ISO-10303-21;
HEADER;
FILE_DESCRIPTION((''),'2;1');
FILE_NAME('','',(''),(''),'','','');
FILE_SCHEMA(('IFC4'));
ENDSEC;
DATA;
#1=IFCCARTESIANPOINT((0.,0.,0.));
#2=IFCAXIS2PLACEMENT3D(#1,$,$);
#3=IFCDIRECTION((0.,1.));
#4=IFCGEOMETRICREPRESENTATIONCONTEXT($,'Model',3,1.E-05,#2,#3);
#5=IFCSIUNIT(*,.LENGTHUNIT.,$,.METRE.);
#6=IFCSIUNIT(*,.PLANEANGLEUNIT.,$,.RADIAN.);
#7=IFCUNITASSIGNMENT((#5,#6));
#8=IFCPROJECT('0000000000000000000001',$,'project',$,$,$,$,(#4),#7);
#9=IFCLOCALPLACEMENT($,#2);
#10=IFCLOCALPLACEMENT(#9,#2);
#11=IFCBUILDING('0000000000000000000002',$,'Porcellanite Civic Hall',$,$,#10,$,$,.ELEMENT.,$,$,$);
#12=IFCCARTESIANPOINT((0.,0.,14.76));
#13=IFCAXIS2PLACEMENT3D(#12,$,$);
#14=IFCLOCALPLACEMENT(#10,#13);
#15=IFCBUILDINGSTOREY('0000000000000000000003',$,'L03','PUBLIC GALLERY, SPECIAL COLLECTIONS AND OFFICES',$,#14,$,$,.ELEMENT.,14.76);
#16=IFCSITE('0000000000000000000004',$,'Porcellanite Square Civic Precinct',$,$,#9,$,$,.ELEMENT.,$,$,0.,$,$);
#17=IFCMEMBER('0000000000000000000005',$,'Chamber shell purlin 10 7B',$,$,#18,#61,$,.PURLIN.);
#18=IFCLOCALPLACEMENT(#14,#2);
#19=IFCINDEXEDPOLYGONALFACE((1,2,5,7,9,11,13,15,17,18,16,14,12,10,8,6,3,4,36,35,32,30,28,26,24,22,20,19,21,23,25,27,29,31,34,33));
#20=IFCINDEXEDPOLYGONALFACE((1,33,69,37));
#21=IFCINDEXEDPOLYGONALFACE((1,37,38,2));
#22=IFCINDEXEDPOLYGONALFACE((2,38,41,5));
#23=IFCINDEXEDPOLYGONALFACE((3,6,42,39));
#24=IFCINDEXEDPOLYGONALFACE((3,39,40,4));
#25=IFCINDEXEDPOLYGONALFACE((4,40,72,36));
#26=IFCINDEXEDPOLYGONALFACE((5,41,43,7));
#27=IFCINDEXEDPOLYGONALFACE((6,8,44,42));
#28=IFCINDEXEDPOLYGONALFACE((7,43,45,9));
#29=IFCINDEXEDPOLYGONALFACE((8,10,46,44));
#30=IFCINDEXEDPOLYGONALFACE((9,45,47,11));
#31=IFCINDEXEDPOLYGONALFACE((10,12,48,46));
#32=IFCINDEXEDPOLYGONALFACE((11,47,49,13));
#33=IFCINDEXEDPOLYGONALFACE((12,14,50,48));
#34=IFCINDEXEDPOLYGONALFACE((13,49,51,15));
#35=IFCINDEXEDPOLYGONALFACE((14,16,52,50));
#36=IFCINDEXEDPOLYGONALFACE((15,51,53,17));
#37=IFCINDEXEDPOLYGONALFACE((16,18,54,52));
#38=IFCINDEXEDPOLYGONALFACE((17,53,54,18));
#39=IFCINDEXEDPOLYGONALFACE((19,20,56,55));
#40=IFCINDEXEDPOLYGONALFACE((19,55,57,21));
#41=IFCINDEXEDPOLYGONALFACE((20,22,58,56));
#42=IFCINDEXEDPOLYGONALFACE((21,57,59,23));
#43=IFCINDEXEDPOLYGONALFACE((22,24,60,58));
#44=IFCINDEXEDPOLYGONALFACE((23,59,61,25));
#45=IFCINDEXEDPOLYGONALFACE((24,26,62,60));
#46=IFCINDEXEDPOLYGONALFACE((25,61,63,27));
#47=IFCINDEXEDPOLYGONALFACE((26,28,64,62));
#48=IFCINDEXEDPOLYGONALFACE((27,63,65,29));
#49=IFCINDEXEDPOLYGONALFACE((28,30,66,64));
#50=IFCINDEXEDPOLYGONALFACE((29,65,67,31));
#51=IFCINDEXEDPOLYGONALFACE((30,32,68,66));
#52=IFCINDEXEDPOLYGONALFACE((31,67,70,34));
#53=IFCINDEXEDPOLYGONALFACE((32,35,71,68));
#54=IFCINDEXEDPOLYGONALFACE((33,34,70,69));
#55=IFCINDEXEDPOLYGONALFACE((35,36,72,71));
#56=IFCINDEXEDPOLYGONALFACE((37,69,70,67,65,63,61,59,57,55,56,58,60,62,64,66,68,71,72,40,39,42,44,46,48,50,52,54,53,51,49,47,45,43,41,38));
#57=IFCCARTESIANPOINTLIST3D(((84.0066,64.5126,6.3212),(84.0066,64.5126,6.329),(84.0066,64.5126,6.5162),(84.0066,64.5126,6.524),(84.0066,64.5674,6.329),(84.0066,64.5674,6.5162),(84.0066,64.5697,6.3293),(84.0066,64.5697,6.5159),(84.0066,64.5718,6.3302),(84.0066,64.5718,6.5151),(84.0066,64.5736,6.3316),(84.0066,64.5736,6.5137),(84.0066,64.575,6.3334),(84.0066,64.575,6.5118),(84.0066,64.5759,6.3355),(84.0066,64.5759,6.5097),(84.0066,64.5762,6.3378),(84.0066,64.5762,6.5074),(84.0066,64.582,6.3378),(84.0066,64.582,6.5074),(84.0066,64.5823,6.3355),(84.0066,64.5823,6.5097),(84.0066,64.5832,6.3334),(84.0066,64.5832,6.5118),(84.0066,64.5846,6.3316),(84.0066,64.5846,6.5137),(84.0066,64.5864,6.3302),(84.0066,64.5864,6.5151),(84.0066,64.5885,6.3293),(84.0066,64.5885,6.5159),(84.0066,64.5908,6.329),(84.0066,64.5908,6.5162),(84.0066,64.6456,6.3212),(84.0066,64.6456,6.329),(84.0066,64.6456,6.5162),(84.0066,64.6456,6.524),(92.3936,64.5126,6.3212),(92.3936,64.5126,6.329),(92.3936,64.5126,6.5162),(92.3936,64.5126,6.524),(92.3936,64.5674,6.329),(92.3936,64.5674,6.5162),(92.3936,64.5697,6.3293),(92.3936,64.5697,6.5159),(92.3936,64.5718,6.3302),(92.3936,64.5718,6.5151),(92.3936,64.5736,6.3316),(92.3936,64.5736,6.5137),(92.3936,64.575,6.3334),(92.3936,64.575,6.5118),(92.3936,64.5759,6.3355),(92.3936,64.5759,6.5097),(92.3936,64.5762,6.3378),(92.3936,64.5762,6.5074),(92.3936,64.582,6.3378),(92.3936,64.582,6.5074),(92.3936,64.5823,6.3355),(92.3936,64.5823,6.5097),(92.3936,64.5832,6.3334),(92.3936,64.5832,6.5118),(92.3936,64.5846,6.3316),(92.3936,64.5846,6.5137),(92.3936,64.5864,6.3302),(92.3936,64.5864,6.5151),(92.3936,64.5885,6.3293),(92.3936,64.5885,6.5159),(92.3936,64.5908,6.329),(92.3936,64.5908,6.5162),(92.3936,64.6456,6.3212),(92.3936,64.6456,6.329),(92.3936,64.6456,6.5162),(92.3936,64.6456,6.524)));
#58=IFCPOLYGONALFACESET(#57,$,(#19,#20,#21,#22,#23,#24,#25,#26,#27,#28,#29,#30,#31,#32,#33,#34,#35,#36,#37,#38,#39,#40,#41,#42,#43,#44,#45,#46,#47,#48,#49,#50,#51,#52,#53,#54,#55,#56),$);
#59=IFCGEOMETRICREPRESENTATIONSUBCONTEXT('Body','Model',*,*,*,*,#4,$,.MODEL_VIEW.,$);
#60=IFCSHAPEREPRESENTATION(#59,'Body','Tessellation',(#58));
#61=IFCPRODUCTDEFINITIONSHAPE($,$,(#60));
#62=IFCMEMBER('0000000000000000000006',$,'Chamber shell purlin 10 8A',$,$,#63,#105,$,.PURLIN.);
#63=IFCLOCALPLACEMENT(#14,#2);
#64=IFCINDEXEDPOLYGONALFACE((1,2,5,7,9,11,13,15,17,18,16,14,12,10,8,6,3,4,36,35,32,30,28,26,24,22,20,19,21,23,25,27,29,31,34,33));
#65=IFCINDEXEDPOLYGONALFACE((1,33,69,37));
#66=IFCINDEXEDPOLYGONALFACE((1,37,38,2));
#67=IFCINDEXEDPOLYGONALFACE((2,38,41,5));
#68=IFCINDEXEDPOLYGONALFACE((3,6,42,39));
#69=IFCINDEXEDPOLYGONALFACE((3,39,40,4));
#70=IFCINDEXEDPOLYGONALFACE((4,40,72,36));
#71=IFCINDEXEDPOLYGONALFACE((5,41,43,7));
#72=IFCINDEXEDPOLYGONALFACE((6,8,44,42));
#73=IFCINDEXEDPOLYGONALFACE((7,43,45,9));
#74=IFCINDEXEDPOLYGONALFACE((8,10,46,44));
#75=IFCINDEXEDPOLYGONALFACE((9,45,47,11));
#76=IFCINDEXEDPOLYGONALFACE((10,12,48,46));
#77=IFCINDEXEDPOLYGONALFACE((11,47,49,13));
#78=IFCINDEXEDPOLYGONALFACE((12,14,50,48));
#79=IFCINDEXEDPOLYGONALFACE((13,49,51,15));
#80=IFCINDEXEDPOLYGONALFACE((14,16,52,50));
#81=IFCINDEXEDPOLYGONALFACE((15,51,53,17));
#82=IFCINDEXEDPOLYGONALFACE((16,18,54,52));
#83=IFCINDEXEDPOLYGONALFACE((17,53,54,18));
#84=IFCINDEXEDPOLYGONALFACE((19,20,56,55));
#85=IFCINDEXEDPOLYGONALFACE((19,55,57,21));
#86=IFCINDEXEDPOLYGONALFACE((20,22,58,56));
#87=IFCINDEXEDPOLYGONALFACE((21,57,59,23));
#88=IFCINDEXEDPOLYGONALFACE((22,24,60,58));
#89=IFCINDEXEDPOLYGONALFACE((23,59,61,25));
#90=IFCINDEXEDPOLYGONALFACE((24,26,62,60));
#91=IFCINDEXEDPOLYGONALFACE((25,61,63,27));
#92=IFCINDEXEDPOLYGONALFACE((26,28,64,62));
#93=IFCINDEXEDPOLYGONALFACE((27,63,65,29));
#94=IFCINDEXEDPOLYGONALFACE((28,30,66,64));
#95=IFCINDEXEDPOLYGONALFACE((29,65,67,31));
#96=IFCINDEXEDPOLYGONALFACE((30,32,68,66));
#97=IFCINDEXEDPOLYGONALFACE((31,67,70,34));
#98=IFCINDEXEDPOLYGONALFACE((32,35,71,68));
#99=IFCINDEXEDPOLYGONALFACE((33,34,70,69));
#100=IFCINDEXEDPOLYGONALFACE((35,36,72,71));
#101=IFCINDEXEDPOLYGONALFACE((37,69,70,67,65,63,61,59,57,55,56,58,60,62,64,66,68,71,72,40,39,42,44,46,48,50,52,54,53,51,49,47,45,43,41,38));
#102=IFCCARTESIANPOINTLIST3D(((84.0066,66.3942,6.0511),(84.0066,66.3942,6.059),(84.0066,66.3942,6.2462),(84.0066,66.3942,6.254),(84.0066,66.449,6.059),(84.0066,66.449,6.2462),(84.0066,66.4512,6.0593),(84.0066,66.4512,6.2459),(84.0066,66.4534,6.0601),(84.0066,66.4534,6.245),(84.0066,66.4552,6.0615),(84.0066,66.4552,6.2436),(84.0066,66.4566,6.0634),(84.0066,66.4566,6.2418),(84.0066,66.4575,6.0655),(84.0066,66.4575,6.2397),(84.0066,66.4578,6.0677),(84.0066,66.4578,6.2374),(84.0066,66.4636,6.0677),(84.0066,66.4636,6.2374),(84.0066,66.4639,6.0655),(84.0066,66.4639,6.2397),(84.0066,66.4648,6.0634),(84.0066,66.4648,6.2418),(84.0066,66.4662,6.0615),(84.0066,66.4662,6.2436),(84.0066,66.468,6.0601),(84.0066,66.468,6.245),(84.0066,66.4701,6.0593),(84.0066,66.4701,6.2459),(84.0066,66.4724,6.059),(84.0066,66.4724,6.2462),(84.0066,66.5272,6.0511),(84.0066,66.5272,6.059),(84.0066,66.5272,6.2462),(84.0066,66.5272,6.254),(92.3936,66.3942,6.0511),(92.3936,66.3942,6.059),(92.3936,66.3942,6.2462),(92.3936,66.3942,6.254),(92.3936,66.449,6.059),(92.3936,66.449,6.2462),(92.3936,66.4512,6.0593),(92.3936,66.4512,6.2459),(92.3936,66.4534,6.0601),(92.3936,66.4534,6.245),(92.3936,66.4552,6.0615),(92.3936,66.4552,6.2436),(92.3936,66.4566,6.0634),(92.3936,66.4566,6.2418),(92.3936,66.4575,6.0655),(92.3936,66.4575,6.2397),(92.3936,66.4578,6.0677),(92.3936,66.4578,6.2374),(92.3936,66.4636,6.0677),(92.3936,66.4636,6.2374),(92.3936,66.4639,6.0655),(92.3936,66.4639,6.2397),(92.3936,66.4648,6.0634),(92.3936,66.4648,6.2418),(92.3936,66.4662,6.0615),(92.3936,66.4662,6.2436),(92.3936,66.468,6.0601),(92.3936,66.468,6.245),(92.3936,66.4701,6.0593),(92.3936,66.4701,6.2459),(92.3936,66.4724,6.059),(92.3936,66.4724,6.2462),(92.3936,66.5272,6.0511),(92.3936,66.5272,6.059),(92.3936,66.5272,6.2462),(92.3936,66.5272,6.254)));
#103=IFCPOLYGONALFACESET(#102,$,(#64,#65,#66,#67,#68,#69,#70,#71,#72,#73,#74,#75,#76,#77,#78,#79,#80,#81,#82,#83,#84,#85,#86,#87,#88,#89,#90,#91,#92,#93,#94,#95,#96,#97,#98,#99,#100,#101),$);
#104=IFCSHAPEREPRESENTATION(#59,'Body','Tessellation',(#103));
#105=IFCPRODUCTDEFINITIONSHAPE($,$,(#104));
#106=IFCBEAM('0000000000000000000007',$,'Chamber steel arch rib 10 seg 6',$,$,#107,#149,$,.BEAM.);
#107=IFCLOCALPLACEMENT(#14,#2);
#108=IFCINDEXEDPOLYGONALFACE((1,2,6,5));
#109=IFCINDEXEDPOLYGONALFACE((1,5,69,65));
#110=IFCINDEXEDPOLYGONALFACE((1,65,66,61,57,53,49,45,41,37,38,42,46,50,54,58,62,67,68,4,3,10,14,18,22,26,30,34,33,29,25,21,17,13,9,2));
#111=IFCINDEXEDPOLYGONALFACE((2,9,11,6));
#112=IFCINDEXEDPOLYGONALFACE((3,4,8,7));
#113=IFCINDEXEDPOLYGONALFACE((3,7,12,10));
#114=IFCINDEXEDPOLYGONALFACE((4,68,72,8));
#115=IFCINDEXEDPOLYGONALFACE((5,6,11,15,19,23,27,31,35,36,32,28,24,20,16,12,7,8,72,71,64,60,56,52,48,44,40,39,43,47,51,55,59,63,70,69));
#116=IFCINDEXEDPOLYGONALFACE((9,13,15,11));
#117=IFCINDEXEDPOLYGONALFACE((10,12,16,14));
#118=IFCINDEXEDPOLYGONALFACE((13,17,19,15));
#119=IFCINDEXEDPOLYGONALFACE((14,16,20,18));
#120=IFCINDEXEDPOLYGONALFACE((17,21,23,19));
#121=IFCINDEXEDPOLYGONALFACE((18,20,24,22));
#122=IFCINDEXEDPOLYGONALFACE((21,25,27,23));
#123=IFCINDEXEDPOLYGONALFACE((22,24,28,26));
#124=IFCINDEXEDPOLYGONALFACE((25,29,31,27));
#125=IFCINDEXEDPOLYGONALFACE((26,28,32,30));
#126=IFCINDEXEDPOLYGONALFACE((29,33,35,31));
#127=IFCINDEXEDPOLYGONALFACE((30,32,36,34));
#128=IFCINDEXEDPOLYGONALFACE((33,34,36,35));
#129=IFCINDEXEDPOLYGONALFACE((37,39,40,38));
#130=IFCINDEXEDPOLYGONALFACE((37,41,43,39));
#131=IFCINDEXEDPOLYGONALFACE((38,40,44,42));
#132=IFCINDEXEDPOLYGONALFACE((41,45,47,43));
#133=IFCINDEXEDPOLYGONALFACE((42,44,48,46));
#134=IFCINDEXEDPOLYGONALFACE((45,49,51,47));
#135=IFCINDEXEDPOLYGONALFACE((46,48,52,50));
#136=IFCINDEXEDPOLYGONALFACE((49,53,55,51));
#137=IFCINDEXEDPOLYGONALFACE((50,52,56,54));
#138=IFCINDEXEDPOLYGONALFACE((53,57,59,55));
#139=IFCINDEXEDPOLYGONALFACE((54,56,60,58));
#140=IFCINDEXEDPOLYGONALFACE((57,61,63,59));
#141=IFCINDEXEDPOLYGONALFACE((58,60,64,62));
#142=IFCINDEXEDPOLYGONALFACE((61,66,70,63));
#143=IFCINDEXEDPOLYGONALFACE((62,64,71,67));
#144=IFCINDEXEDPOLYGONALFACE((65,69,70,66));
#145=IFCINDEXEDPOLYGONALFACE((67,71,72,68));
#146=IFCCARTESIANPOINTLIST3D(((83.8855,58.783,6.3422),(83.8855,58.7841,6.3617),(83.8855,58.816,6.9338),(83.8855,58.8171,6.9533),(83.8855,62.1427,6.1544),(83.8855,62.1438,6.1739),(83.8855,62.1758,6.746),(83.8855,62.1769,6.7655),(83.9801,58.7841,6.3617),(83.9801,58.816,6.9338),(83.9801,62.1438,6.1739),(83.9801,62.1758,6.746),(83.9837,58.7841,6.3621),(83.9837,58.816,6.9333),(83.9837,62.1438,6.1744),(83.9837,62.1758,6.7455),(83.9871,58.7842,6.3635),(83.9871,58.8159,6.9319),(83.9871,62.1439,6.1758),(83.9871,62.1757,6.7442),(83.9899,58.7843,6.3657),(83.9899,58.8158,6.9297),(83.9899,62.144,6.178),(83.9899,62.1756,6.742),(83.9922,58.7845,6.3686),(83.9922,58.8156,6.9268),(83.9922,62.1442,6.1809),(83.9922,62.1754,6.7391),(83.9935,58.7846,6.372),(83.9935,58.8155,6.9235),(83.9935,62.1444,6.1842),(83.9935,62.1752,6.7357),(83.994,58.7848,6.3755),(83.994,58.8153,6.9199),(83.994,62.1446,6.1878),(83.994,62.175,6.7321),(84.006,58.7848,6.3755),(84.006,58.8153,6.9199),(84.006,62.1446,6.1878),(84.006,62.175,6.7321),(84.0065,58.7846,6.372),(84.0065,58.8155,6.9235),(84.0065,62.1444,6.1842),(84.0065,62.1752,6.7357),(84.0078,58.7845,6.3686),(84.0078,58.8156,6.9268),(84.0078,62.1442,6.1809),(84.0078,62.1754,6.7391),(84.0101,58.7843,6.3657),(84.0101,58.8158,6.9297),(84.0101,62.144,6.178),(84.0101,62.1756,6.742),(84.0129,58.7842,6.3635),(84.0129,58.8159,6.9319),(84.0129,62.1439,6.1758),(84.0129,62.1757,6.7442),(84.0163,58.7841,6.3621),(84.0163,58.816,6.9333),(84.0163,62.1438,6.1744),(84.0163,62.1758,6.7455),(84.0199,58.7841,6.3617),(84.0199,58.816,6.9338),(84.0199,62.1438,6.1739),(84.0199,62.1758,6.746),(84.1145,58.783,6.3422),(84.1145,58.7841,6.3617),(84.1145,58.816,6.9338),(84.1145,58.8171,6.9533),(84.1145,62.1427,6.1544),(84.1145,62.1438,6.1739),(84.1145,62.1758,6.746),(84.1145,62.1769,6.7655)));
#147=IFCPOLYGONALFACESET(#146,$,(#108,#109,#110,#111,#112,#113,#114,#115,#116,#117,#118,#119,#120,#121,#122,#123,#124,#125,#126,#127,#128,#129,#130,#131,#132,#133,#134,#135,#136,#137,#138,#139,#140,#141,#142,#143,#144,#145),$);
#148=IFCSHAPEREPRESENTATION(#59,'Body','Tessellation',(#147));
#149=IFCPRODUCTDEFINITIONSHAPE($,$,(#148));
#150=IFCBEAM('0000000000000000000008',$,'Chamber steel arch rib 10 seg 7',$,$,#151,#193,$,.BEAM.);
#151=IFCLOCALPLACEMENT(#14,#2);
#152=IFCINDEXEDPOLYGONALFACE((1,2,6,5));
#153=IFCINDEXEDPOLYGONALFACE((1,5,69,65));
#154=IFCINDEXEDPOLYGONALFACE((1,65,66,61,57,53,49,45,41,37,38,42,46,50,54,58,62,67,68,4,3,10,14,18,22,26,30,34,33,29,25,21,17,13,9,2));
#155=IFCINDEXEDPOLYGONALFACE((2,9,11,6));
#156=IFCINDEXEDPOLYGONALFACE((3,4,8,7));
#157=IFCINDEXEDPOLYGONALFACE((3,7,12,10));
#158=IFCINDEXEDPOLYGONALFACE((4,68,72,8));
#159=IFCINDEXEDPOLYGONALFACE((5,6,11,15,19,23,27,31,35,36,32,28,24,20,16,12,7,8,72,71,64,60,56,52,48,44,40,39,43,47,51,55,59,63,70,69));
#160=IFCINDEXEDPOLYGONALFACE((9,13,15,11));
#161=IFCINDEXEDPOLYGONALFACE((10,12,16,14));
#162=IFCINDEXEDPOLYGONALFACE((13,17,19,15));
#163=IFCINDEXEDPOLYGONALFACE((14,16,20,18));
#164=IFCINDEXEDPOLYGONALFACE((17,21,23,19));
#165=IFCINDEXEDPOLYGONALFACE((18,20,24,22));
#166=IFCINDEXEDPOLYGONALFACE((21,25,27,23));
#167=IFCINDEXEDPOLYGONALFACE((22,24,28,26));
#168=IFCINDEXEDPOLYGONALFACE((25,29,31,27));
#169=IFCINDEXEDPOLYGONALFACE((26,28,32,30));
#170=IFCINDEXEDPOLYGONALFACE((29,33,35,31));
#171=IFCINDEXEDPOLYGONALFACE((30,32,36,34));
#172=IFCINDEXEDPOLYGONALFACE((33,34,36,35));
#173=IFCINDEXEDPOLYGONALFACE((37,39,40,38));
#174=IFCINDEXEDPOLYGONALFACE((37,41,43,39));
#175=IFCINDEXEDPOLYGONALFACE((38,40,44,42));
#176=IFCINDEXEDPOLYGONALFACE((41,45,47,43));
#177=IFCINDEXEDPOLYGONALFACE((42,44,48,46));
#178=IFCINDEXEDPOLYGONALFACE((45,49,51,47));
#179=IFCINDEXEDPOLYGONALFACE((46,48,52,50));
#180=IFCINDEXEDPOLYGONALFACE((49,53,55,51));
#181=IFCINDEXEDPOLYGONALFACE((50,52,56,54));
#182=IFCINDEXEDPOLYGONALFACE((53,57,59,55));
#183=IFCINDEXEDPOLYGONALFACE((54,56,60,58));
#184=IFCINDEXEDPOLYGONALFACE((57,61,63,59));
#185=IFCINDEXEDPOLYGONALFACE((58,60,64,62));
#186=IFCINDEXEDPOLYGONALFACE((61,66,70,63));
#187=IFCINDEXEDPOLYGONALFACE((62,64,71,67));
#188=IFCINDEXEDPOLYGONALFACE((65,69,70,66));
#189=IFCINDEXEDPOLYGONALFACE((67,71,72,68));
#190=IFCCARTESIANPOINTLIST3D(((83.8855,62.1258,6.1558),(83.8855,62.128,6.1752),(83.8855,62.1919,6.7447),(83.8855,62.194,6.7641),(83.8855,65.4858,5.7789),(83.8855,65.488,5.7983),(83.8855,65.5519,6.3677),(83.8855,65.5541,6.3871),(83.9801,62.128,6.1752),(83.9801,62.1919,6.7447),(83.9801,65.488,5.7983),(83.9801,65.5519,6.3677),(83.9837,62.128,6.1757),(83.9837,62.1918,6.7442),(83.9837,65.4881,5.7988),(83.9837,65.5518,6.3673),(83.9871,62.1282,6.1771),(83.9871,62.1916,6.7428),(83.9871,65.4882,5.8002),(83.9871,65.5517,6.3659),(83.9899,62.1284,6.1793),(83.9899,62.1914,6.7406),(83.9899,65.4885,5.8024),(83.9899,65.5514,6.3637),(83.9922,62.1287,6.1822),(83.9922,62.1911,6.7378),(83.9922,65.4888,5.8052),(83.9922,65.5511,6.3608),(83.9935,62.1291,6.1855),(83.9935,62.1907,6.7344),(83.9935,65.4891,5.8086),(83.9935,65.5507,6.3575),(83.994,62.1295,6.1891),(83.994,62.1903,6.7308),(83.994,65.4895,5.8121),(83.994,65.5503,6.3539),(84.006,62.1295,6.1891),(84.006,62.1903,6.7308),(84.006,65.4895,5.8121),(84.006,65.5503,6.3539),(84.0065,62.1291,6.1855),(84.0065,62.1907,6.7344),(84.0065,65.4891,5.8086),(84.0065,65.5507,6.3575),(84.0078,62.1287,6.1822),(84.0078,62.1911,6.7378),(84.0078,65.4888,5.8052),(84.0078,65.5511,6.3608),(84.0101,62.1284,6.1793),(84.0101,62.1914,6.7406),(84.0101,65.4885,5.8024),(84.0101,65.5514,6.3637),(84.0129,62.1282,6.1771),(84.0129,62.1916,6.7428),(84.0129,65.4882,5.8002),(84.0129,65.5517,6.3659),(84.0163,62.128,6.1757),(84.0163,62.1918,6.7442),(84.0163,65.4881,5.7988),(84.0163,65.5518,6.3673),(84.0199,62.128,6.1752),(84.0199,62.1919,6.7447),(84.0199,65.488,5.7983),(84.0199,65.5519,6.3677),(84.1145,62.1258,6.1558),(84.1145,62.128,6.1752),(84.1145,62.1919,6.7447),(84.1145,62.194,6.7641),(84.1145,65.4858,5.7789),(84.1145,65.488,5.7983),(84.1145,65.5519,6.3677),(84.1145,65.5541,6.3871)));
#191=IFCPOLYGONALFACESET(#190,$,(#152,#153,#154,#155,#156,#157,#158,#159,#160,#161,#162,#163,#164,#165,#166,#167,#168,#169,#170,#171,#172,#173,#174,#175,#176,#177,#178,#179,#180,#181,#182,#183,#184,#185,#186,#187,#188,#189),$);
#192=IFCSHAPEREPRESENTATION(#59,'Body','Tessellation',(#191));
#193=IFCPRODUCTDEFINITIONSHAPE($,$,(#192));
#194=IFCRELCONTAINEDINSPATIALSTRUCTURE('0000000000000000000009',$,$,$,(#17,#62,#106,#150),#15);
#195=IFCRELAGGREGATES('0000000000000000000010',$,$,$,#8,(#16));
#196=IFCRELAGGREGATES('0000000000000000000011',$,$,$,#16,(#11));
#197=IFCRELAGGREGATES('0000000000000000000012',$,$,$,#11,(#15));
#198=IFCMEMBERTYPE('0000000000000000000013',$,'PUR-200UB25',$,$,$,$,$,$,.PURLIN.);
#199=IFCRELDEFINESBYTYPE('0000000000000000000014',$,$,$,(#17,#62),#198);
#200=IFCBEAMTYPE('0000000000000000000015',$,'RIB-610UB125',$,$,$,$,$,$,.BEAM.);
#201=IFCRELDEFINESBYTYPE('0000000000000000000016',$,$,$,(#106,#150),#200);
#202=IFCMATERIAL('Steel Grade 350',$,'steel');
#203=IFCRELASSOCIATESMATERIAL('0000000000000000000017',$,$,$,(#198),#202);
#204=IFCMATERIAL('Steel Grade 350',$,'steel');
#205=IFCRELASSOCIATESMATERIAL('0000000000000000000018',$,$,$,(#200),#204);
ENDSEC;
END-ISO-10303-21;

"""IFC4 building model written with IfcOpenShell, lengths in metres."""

from ifc_helpers import new_model, si_unit, direction, frame, origin, origin_2d, place, context, subcontext, project, spatial, i_section, extrude, material, material_profile, profile_set, type_object, element, save


model = new_model("IFC4")

# Units and contexts
model_context = context("Model", 3, precision=1e-05, world=origin(), true_north=direction((0.0, 1.0)))
body_context = subcontext(model_context, "Body", "Model", "MODEL_VIEW")
ifc_project = project(units=[si_unit("LENGTHUNIT", "METRE"), si_unit("PLANEANGLEUNIT", "RADIAN")], contexts=[model_context])

# Site, building, storey
site_placement = place(None, origin())
site = spatial("IfcSite", under=ifc_project, at=site_placement, Name="Porcellanite Square Civic Precinct", CompositionType="ELEMENT", RefElevation=0.0)
building_placement = place(site_placement, origin())
building = spatial("IfcBuilding", under=site, at=building_placement, Name="Porcellanite Civic Hall", CompositionType="ELEMENT")
storey_placement = place(building_placement, frame((0.0, 0.0, 14.76)))
storey = spatial("IfcBuildingStorey", under=building, at=storey_placement, Name="L03", Description="PUBLIC GALLERY, SPECIAL COLLECTIONS AND OFFICES", CompositionType="ELEMENT", Elevation=14.76)

# Members
ifc_material_1 = material(Name="Steel Grade 350", Category="steel")
ifc_material_profile_1 = material_profile(ifc_material_1, i_section(OverallWidth=0.1331, OverallDepth=0.2029, WebThickness=0.0059, FlangeThickness=0.0078, FilletRadius=0.0088, at=origin_2d()), Name="200UB25.4")
ifc_profile_set_1 = profile_set([ifc_material_profile_1], Name="Steel Grade 350")
member_type_1 = type_object("IfcMemberType", Name="PUR-200UB25", PredefinedType="PURLIN", material=ifc_profile_set_1)
for number, where, z_axis, x_axis, name in (
    (1, (84.0066, 64.5791, 6.4226), (1.0, 0.0, 0.0), (0.0, 1.0, 0.0), "Chamber shell purlin 10 7B"),
    (2, (84.0066, 66.4607, 6.1526), (1.0, 0.0, 0.0), (0.0, 1.0, 0.0), "Chamber shell purlin 10 8A"),
):
    element("IfcMember", number, at=place(storey_placement, frame(where, z_axis=z_axis, x_axis=x_axis)), inside=storey, type_object=member_type_1, Name=name, PredefinedType="PURLIN", context=body_context, shape_type="SweptSolid", body=[
        extrude(i_section(OverallWidth=0.1331, OverallDepth=0.2029, WebThickness=0.0059, FlangeThickness=0.0078, FilletRadius=0.0088, at=origin_2d()), origin(), (0.0, 0.0, 1.0), 8.387),
    ])

# Beams
ifc_material_2 = material(Name="Steel Grade 350", Category="steel")
ifc_material_profile_2 = material_profile(ifc_material_2, i_section(OverallWidth=0.229, OverallDepth=0.6121, WebThickness=0.012, FlangeThickness=0.0195, FilletRadius=0.0139, at=origin_2d()), Name="610UB125")
ifc_profile_set_2 = profile_set([ifc_material_profile_2], Name="Steel Grade 350")
beam_type = type_object("IfcBeamType", Name="RIB-610UB125", PredefinedType="BEAM", material=ifc_profile_set_2)
beam_1_placement = place(storey_placement, frame((84.0, 58.8, 6.6477), z_axis=(0.0, 0.998442, -0.055791), x_axis=(-1.0, 0.0, 0.0)))
element("IfcBeam", 3, at=beam_1_placement, inside=storey, type_object=beam_type, Name="Chamber steel arch rib 10 seg 6", PredefinedType="BEAM", context=body_context, shape_type="SweptSolid", body=[
    extrude(i_section(OverallWidth=0.229, OverallDepth=0.6121, WebThickness=0.012, FlangeThickness=0.0195, FilletRadius=0.0139, at=origin_2d()), origin(), (0.0, 0.0, 1.0), 3.365),
])
beam_2_placement = place(storey_placement, frame((84.0, 62.1599, 6.46), z_axis=(0.0, 0.993766, -0.111485), x_axis=(-1.0, 0.0, 0.0)))
element("IfcBeam", 4, at=beam_2_placement, inside=storey, type_object=beam_type, Name="Chamber steel arch rib 10 seg 7", PredefinedType="BEAM", context=body_context, shape_type="SweptSolid", body=[
    extrude(i_section(OverallWidth=0.229, OverallDepth=0.6121, WebThickness=0.012, FlangeThickness=0.0195, FilletRadius=0.0139, at=origin_2d()), origin(), (0.0, 0.0, 1.0), 3.3811),
])

save(model, "model.ifc")
